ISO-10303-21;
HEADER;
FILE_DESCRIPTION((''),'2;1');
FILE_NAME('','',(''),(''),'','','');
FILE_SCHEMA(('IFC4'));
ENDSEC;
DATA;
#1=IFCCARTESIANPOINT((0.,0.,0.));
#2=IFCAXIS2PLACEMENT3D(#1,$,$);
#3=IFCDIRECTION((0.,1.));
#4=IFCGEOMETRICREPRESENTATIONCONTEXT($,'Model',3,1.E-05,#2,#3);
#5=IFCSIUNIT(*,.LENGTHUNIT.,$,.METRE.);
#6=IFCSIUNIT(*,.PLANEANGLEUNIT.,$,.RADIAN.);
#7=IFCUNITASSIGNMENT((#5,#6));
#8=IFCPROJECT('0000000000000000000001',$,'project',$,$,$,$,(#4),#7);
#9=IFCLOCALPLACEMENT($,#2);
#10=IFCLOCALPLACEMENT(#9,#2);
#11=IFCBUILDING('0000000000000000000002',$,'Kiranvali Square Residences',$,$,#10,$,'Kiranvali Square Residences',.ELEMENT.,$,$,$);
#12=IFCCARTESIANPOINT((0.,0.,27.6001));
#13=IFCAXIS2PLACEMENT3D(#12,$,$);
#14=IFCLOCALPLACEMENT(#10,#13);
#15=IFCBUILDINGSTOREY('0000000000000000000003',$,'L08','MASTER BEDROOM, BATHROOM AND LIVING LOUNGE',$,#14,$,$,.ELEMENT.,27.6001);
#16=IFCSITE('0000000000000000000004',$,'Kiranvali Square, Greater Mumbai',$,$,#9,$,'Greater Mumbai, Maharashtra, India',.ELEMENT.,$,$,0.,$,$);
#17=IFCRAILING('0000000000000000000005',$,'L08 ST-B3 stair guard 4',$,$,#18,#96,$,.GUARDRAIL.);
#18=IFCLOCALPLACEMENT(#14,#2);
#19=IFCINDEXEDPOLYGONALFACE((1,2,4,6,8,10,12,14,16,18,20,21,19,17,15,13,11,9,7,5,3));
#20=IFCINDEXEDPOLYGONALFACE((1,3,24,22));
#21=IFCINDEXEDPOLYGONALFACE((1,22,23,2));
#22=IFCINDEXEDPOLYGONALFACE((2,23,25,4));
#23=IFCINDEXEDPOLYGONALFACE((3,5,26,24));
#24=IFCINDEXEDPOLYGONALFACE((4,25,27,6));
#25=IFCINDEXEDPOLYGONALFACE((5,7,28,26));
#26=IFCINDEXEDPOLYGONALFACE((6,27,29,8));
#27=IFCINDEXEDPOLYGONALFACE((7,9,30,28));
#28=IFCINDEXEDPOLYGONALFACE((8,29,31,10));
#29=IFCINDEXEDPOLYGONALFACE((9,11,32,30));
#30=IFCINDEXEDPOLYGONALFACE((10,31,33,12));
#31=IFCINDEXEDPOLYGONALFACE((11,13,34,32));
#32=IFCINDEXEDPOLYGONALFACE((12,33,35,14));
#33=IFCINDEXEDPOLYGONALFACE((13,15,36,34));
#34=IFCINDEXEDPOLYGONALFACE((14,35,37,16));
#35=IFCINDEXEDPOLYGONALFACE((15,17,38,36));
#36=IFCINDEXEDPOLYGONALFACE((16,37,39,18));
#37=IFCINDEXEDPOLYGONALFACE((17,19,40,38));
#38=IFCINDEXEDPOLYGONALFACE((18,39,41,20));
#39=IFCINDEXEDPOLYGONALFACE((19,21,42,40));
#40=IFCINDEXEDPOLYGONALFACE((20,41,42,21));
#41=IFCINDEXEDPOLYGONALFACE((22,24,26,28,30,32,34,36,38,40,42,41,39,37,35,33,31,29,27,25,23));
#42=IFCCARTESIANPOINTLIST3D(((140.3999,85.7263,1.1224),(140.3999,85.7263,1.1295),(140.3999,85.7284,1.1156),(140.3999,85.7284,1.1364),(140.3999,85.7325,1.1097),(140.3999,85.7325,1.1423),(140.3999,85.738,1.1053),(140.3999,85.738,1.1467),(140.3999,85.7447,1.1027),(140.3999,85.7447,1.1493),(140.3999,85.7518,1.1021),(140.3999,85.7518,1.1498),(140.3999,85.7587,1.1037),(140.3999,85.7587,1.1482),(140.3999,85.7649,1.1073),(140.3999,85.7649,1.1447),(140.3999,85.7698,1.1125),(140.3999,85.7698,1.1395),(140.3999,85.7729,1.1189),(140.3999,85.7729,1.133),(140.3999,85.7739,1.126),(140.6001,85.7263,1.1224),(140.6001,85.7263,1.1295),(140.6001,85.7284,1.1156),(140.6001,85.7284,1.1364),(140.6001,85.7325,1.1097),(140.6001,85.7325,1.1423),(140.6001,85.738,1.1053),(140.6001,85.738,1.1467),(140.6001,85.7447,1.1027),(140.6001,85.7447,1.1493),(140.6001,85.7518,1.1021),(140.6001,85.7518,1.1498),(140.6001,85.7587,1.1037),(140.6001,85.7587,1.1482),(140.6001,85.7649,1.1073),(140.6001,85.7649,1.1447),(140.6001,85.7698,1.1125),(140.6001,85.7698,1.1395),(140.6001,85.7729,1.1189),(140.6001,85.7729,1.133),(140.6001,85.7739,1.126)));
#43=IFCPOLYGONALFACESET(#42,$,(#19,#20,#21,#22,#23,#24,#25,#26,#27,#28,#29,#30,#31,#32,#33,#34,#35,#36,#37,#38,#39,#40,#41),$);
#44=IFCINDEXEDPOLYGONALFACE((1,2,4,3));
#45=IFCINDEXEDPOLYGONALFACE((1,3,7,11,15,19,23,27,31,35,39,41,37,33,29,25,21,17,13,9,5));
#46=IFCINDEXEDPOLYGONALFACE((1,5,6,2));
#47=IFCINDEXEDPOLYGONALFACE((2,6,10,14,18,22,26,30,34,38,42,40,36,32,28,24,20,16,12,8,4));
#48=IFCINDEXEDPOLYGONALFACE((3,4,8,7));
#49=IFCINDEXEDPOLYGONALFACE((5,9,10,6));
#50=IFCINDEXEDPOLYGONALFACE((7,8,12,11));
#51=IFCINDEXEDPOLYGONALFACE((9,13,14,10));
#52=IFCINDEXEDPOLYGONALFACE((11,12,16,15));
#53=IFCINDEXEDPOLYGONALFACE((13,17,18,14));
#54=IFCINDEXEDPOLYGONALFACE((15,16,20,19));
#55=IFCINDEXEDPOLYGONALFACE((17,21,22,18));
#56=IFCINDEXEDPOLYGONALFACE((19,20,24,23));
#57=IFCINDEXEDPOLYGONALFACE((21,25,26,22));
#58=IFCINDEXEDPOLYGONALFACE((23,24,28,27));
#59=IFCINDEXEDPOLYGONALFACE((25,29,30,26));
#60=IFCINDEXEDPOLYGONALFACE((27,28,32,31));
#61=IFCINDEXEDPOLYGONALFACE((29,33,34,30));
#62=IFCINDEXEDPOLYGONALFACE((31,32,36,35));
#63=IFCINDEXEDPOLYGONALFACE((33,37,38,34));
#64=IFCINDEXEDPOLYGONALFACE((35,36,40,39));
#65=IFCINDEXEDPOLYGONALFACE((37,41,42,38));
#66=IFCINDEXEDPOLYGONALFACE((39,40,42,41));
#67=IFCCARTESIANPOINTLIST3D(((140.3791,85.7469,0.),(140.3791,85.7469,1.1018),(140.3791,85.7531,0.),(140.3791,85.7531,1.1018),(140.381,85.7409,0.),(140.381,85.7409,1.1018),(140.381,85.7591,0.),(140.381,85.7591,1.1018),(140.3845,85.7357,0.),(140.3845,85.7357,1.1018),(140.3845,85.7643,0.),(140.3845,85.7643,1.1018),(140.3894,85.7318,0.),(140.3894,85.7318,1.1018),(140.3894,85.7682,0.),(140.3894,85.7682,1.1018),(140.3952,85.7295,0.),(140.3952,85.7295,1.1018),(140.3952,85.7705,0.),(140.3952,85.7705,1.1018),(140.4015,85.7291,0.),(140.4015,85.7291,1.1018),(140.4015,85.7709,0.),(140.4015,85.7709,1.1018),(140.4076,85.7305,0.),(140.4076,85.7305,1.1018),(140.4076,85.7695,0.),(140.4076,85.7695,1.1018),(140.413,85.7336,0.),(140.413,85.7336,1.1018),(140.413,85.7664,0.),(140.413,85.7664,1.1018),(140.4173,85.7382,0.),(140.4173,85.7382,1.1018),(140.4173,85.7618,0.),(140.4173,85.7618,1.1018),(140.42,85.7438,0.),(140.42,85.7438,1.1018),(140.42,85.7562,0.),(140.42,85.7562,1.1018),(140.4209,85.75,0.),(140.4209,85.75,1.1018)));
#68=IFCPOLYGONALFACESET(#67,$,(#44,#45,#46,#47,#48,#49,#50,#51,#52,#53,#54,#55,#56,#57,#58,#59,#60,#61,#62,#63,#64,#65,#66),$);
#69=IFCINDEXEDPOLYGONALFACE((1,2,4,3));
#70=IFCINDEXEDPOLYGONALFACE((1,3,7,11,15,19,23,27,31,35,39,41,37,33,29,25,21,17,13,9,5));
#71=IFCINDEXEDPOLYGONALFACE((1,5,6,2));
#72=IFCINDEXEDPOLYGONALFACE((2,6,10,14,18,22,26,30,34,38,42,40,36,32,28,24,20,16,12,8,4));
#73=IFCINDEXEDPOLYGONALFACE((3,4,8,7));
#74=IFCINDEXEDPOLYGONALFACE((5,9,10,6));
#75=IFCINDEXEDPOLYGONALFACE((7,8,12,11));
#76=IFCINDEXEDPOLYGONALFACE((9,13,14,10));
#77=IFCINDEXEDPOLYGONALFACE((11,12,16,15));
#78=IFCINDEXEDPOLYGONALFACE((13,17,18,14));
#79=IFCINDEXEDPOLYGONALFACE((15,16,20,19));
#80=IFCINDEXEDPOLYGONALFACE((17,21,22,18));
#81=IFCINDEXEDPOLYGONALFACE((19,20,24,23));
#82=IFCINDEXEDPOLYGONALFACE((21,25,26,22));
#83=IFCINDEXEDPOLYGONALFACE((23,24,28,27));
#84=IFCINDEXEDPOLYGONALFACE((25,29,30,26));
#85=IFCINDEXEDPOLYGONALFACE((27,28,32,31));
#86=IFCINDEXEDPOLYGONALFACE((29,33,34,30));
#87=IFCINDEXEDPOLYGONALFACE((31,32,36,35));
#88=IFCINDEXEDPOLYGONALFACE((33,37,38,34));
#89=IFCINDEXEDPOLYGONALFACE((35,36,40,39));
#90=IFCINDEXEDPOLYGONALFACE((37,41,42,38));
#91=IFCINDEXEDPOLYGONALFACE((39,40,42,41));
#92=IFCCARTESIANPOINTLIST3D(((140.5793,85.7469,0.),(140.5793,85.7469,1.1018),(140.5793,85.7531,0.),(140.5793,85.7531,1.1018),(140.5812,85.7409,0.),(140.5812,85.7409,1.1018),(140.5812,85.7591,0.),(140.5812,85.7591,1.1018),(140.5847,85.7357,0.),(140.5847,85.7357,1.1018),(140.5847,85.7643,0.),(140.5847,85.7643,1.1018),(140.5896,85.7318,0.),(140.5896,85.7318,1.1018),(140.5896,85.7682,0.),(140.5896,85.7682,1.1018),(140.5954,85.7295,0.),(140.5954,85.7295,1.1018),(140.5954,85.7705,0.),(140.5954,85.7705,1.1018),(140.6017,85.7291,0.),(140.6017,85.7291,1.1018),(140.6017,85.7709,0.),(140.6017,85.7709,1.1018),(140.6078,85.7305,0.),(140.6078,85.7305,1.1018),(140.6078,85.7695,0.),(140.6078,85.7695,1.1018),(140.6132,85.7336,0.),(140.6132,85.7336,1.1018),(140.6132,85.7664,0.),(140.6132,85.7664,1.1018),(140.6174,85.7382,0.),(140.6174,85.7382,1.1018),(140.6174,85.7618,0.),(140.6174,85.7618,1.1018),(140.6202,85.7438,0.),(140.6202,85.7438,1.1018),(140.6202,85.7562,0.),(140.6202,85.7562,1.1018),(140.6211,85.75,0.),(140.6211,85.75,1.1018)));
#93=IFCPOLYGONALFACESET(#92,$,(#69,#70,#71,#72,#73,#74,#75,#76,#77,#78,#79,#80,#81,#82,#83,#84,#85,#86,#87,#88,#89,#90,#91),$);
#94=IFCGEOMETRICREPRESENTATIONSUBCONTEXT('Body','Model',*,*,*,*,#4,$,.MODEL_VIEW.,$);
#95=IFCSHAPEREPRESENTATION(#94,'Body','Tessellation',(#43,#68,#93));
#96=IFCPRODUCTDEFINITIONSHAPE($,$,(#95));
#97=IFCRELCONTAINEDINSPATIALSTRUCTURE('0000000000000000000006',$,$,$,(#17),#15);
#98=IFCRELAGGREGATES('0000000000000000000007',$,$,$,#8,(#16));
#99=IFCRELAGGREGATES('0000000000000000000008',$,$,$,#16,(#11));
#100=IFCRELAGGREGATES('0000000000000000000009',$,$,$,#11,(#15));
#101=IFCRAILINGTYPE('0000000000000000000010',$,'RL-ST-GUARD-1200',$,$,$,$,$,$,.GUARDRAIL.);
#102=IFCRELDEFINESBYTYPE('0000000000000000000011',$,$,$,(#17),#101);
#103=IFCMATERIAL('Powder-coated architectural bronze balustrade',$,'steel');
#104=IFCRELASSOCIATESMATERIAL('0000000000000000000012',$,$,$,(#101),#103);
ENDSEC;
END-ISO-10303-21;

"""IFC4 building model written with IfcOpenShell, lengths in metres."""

from ifc_helpers import new_model, si_unit, direction, frame, origin, origin_2d, place, context, subcontext, project, spatial, circle, extrude, material, type_object, element, save


model = new_model("IFC4")

# Units and contexts
model_context = context("Model", 3, precision=1e-05, world=origin(), true_north=direction((0.0, 1.0)))
body_context = subcontext(model_context, "Body", "Model", "MODEL_VIEW")
ifc_project = project(units=[si_unit("LENGTHUNIT", "METRE"), si_unit("PLANEANGLEUNIT", "RADIAN")], contexts=[model_context])

# Site, building, storey
site_placement = place(None, origin())
site = spatial("IfcSite", under=ifc_project, at=site_placement, Name="Kiranvali Square, Greater Mumbai", LongName="Greater Mumbai, Maharashtra, India", CompositionType="ELEMENT", RefElevation=0.0)
building_placement = place(site_placement, origin())
building = spatial("IfcBuilding", under=site, at=building_placement, Name="Kiranvali Square Residences", LongName="Kiranvali Square Residences", CompositionType="ELEMENT")
storey_placement = place(building_placement, frame((0.0, 0.0, 27.6001)))
storey = spatial("IfcBuildingStorey", under=building, at=storey_placement, Name="L08", Description="MASTER BEDROOM, BATHROOM AND LIVING LOUNGE", CompositionType="ELEMENT", Elevation=27.6001)

# Railing
ifc_material_1 = material(Name="Powder-coated architectural bronze balustrade", Category="steel")
railing_type_1 = type_object("IfcRailingType", Name="RL-ST-GUARD-1200", PredefinedType="GUARDRAIL", material=ifc_material_1)
railing_1_placement = place(storey_placement, frame((140.3999, 85.75, 0.0)))
element("IfcRailing", 1, at=railing_1_placement, inside=storey, type_object=railing_type_1, Name="L08 ST-B3 stair guard 4", PredefinedType="GUARDRAIL", context=body_context, shape_type="SweptSolid", body=[
    extrude(circle(Radius=0.0239, at=origin_2d()), frame((0.0, 0.0, 1.126), z_axis=(1.0, 0.0, 0.0), x_axis=(0.0, 1.0, 0.0)), (0.0, 0.0, 1.0), 0.2002),
    extrude(circle(Radius=0.021, at=origin_2d()), origin(), (0.0, 0.0, 1.0), 1.1018),
    extrude(circle(Radius=0.021, at=origin_2d()), frame((0.2002, 0.0, 0.0)), (0.0, 0.0, 1.0), 1.1018),
])

save(model, "model.ifc")
